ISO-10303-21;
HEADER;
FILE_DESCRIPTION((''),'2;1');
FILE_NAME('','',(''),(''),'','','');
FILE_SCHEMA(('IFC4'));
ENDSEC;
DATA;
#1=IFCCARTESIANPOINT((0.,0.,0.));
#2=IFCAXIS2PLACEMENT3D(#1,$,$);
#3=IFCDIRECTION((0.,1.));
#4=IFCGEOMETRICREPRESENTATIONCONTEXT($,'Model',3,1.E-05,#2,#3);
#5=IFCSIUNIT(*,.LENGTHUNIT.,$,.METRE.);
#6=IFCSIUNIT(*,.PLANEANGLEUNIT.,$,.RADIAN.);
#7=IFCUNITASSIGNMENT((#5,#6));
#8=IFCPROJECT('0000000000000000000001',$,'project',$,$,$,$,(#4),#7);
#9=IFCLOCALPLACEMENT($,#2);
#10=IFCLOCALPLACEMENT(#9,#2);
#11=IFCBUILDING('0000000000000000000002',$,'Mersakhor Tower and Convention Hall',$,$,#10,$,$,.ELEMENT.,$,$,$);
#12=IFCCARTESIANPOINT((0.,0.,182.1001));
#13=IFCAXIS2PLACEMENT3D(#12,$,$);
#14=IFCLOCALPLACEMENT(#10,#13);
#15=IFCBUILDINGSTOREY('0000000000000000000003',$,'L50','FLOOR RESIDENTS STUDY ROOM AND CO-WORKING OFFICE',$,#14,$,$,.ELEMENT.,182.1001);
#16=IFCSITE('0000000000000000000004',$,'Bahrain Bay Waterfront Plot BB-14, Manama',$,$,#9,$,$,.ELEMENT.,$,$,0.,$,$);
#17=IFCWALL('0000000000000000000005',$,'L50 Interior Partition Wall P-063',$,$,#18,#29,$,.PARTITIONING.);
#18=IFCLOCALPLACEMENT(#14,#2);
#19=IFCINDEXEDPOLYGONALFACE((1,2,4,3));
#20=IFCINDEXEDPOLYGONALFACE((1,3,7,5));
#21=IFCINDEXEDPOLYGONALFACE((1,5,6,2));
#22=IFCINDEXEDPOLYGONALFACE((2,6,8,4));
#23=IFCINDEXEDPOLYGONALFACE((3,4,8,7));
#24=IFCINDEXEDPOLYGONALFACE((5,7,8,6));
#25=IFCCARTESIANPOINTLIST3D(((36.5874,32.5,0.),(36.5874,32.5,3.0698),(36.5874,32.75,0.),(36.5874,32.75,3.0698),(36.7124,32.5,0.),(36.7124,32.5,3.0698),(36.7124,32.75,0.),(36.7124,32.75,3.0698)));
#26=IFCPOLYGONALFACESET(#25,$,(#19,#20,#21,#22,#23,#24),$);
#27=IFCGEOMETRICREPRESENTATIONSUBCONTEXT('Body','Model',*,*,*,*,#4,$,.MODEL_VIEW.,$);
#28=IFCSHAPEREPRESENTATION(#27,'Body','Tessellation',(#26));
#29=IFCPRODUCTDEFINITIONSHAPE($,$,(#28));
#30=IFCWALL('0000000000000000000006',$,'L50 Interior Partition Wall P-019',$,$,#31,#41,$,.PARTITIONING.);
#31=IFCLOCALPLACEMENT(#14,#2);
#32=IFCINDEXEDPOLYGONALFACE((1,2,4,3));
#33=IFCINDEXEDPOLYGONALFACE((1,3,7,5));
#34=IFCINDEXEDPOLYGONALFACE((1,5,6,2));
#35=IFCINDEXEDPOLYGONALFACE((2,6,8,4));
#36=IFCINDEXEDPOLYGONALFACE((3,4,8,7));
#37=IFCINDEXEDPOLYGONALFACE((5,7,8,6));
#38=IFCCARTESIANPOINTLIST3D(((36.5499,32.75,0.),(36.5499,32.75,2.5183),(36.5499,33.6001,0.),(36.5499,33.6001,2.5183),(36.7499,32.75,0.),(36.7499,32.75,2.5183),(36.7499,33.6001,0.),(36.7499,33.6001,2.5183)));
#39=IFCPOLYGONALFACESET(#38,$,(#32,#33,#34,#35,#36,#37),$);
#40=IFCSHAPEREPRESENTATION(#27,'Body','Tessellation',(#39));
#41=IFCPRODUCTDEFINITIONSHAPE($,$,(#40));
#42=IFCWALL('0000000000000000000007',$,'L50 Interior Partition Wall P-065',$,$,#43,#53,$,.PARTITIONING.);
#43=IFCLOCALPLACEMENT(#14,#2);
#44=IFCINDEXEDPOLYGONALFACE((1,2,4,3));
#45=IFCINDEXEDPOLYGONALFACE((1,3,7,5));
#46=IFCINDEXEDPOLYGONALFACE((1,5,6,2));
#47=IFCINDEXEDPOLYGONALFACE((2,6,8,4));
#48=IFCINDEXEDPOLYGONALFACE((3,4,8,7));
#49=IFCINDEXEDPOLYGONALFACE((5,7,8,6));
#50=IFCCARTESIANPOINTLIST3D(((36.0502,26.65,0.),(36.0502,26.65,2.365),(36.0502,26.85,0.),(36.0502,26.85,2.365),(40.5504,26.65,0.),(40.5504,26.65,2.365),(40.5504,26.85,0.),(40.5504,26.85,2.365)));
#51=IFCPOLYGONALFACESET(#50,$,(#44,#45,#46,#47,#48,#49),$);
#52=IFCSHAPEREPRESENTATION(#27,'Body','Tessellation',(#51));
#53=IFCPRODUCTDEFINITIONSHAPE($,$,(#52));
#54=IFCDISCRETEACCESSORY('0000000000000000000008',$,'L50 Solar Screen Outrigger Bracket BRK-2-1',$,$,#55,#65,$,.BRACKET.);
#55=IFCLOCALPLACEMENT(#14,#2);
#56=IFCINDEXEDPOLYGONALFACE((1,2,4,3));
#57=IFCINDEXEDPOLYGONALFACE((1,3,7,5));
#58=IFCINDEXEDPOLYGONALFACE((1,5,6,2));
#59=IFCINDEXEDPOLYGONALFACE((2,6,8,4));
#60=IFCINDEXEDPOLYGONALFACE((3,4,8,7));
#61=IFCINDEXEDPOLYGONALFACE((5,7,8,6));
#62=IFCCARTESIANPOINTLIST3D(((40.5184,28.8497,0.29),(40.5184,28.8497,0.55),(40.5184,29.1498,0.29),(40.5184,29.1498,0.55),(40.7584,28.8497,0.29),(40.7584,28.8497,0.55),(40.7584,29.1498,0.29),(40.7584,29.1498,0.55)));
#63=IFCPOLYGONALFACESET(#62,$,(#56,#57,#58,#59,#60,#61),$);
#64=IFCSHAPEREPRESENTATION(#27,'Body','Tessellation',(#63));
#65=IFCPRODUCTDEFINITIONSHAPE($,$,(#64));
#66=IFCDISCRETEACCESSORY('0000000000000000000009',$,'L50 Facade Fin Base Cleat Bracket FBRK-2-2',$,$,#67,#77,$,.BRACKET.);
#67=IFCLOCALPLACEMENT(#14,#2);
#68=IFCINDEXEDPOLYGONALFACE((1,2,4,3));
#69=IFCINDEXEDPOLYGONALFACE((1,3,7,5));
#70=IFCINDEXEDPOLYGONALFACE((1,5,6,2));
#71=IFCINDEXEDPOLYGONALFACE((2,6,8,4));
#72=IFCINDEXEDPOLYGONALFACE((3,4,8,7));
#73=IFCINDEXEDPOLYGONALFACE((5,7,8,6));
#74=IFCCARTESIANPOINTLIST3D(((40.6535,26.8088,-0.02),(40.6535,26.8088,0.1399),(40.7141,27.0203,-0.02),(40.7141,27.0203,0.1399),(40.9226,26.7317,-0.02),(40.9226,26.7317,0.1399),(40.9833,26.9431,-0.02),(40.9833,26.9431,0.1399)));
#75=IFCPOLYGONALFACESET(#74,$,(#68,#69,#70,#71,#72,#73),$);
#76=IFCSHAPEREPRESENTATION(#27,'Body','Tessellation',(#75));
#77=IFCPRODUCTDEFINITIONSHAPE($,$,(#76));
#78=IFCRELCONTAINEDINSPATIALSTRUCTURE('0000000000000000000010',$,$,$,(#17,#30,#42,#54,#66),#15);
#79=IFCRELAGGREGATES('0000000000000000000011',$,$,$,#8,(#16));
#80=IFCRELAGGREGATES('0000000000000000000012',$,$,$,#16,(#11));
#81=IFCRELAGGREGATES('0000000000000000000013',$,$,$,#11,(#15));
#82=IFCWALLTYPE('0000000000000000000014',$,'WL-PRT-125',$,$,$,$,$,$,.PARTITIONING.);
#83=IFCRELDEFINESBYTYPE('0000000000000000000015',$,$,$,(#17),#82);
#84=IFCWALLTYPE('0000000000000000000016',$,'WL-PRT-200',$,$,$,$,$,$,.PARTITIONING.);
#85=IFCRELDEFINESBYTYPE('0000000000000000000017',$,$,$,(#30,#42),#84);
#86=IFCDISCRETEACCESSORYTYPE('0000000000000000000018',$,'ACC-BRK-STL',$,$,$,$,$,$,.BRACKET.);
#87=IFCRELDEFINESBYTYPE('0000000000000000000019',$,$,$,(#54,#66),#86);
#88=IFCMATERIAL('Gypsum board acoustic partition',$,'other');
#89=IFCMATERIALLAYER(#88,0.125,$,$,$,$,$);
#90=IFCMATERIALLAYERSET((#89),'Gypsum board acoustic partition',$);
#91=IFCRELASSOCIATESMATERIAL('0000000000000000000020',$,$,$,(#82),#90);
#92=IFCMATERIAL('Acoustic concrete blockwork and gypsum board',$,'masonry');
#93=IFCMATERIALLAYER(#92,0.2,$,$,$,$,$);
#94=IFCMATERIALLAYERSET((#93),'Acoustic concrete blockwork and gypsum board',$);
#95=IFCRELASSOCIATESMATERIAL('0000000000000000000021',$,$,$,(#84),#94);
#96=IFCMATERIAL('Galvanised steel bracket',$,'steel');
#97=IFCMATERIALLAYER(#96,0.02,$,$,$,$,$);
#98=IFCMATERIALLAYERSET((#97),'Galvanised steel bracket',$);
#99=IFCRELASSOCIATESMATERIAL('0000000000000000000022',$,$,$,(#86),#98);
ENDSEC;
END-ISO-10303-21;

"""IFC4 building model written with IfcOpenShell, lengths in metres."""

from ifc_helpers import new_model, si_unit, direction, frame, frame_2d, origin, origin_2d, place, context, subcontext, project, spatial, rectangle, extrude, material, layer, layer_set, type_object, element, save


model = new_model("IFC4")

# Units and contexts
model_context = context("Model", 3, precision=1e-05, world=origin(), true_north=direction((0.0, 1.0)))
body_context = subcontext(model_context, "Body", "Model", "MODEL_VIEW")
ifc_project = project(units=[si_unit("LENGTHUNIT", "METRE"), si_unit("PLANEANGLEUNIT", "RADIAN")], contexts=[model_context])

# Site, building, storey
site_placement = place(None, origin())
site = spatial("IfcSite", under=ifc_project, at=site_placement, Name="Bahrain Bay Waterfront Plot BB-14, Manama", CompositionType="ELEMENT", RefElevation=0.0)
building_placement = place(site_placement, origin())
building = spatial("IfcBuilding", under=site, at=building_placement, Name="Mersakhor Tower and Convention Hall", CompositionType="ELEMENT")
storey_placement = place(building_placement, frame((0.0, 0.0, 182.1001)))
storey = spatial("IfcBuildingStorey", under=building, at=storey_placement, Name="L50", Description="FLOOR RESIDENTS STUDY ROOM AND CO-WORKING OFFICE", CompositionType="ELEMENT", Elevation=182.1001)

# Wall
ifc_material_1 = material(Name="Gypsum board acoustic partition", Category="other")
ifc_layer_1 = layer(ifc_material_1, 0.125)
ifc_layer_set_1 = layer_set([ifc_layer_1], Name="Gypsum board acoustic partition")
wall_type_1 = type_object("IfcWallType", Name="WL-PRT-125", PredefinedType="PARTITIONING", material=ifc_layer_set_1)
wall_1_placement = place(storey_placement, frame((36.6499, 32.5, 0.0), z_axis=(0.0, 0.0, 1.0), x_axis=(0.0, 1.0, 0.0)))
element("IfcWall", 1, at=wall_1_placement, inside=storey, type_object=wall_type_1, Name="L50 Interior Partition Wall P-063", PredefinedType="PARTITIONING", context=body_context, shape_type="SweptSolid", body=[
    extrude(rectangle(XDim=0.25, YDim=0.125, at=frame_2d((0.125, 0.0))), origin(), (0.0, 0.0, 1.0), 3.0698),
])

# Shared definitions
ifc_material_2 = material(Name="Acoustic concrete blockwork and gypsum board", Category="masonry")
ifc_layer_2 = layer(ifc_material_2, 0.2)
ifc_layer_set_2 = layer_set([ifc_layer_2], Name="Acoustic concrete blockwork and gypsum board")
wall_type_2 = type_object("IfcWallType", Name="WL-PRT-200", PredefinedType="PARTITIONING", material=ifc_layer_set_2)

# Walls
wall_2_placement = place(storey_placement, frame((36.6499, 32.75, 0.0), z_axis=(0.0, 0.0, 1.0), x_axis=(0.0, 1.0, 0.0)))
element("IfcWall", 2, at=wall_2_placement, inside=storey, type_object=wall_type_2, Name="L50 Interior Partition Wall P-019", PredefinedType="PARTITIONING", context=body_context, shape_type="SweptSolid", body=[
    extrude(rectangle(XDim=0.8501, YDim=0.2, at=frame_2d((0.425, 0.0))), origin(), (0.0, 0.0, 1.0), 2.5183),
])
wall_3_placement = place(storey_placement, frame((40.5503, 26.75, 0.0), z_axis=(0.0, 0.0, 1.0), x_axis=(-1.0, 0.0, 0.0)))
element("IfcWall", 3, at=wall_3_placement, inside=storey, type_object=wall_type_2, Name="L50 Interior Partition Wall P-065", PredefinedType="PARTITIONING", context=body_context, shape_type="SweptSolid", body=[
    extrude(rectangle(XDim=4.5002, YDim=0.2, at=frame_2d((2.25, 0.0))), origin(), (0.0, 0.0, 1.0), 2.365),
])

# Discrete accessories
ifc_material_3 = material(Name="Galvanised steel bracket", Category="steel")
ifc_layer_3 = layer(ifc_material_3, 0.02)
ifc_layer_set_3 = layer_set([ifc_layer_3], Name="Galvanised steel bracket")
discrete_accessory_type = type_object("IfcDiscreteAccessoryType", Name="ACC-BRK-STL", PredefinedType="BRACKET", material=ifc_layer_set_3)
discrete_accessory_1_placement = place(storey_placement, frame((40.6384, 28.9998, 0.29), z_axis=(0.0, 0.0, 1.0), x_axis=(0.0, -1.0, 0.0)))
element("IfcDiscreteAccessory", 4, at=discrete_accessory_1_placement, inside=storey, type_object=discrete_accessory_type, Name="L50 Solar Screen Outrigger Bracket BRK-2-1", PredefinedType="BRACKET", context=body_context, shape_type="SweptSolid", body=[
    extrude(rectangle(XDim=0.3, YDim=0.24, at=origin_2d()), origin(), (0.0, 0.0, 1.0), 0.26),
])
discrete_accessory_2_placement = place(storey_placement, frame((40.8184, 26.876, -0.02), z_axis=(0.0, 0.0, 1.0), x_axis=(0.961262, -0.275637, 0.0)))
element("IfcDiscreteAccessory", 5, at=discrete_accessory_2_placement, inside=storey, type_object=discrete_accessory_type, Name="L50 Facade Fin Base Cleat Bracket FBRK-2-2", PredefinedType="BRACKET", context=body_context, shape_type="SweptSolid", body=[
    extrude(rectangle(XDim=0.28, YDim=0.22, at=origin_2d()), origin(), (0.0, 0.0, 1.0), 0.1599),
])

save(model, "model.ifc")
